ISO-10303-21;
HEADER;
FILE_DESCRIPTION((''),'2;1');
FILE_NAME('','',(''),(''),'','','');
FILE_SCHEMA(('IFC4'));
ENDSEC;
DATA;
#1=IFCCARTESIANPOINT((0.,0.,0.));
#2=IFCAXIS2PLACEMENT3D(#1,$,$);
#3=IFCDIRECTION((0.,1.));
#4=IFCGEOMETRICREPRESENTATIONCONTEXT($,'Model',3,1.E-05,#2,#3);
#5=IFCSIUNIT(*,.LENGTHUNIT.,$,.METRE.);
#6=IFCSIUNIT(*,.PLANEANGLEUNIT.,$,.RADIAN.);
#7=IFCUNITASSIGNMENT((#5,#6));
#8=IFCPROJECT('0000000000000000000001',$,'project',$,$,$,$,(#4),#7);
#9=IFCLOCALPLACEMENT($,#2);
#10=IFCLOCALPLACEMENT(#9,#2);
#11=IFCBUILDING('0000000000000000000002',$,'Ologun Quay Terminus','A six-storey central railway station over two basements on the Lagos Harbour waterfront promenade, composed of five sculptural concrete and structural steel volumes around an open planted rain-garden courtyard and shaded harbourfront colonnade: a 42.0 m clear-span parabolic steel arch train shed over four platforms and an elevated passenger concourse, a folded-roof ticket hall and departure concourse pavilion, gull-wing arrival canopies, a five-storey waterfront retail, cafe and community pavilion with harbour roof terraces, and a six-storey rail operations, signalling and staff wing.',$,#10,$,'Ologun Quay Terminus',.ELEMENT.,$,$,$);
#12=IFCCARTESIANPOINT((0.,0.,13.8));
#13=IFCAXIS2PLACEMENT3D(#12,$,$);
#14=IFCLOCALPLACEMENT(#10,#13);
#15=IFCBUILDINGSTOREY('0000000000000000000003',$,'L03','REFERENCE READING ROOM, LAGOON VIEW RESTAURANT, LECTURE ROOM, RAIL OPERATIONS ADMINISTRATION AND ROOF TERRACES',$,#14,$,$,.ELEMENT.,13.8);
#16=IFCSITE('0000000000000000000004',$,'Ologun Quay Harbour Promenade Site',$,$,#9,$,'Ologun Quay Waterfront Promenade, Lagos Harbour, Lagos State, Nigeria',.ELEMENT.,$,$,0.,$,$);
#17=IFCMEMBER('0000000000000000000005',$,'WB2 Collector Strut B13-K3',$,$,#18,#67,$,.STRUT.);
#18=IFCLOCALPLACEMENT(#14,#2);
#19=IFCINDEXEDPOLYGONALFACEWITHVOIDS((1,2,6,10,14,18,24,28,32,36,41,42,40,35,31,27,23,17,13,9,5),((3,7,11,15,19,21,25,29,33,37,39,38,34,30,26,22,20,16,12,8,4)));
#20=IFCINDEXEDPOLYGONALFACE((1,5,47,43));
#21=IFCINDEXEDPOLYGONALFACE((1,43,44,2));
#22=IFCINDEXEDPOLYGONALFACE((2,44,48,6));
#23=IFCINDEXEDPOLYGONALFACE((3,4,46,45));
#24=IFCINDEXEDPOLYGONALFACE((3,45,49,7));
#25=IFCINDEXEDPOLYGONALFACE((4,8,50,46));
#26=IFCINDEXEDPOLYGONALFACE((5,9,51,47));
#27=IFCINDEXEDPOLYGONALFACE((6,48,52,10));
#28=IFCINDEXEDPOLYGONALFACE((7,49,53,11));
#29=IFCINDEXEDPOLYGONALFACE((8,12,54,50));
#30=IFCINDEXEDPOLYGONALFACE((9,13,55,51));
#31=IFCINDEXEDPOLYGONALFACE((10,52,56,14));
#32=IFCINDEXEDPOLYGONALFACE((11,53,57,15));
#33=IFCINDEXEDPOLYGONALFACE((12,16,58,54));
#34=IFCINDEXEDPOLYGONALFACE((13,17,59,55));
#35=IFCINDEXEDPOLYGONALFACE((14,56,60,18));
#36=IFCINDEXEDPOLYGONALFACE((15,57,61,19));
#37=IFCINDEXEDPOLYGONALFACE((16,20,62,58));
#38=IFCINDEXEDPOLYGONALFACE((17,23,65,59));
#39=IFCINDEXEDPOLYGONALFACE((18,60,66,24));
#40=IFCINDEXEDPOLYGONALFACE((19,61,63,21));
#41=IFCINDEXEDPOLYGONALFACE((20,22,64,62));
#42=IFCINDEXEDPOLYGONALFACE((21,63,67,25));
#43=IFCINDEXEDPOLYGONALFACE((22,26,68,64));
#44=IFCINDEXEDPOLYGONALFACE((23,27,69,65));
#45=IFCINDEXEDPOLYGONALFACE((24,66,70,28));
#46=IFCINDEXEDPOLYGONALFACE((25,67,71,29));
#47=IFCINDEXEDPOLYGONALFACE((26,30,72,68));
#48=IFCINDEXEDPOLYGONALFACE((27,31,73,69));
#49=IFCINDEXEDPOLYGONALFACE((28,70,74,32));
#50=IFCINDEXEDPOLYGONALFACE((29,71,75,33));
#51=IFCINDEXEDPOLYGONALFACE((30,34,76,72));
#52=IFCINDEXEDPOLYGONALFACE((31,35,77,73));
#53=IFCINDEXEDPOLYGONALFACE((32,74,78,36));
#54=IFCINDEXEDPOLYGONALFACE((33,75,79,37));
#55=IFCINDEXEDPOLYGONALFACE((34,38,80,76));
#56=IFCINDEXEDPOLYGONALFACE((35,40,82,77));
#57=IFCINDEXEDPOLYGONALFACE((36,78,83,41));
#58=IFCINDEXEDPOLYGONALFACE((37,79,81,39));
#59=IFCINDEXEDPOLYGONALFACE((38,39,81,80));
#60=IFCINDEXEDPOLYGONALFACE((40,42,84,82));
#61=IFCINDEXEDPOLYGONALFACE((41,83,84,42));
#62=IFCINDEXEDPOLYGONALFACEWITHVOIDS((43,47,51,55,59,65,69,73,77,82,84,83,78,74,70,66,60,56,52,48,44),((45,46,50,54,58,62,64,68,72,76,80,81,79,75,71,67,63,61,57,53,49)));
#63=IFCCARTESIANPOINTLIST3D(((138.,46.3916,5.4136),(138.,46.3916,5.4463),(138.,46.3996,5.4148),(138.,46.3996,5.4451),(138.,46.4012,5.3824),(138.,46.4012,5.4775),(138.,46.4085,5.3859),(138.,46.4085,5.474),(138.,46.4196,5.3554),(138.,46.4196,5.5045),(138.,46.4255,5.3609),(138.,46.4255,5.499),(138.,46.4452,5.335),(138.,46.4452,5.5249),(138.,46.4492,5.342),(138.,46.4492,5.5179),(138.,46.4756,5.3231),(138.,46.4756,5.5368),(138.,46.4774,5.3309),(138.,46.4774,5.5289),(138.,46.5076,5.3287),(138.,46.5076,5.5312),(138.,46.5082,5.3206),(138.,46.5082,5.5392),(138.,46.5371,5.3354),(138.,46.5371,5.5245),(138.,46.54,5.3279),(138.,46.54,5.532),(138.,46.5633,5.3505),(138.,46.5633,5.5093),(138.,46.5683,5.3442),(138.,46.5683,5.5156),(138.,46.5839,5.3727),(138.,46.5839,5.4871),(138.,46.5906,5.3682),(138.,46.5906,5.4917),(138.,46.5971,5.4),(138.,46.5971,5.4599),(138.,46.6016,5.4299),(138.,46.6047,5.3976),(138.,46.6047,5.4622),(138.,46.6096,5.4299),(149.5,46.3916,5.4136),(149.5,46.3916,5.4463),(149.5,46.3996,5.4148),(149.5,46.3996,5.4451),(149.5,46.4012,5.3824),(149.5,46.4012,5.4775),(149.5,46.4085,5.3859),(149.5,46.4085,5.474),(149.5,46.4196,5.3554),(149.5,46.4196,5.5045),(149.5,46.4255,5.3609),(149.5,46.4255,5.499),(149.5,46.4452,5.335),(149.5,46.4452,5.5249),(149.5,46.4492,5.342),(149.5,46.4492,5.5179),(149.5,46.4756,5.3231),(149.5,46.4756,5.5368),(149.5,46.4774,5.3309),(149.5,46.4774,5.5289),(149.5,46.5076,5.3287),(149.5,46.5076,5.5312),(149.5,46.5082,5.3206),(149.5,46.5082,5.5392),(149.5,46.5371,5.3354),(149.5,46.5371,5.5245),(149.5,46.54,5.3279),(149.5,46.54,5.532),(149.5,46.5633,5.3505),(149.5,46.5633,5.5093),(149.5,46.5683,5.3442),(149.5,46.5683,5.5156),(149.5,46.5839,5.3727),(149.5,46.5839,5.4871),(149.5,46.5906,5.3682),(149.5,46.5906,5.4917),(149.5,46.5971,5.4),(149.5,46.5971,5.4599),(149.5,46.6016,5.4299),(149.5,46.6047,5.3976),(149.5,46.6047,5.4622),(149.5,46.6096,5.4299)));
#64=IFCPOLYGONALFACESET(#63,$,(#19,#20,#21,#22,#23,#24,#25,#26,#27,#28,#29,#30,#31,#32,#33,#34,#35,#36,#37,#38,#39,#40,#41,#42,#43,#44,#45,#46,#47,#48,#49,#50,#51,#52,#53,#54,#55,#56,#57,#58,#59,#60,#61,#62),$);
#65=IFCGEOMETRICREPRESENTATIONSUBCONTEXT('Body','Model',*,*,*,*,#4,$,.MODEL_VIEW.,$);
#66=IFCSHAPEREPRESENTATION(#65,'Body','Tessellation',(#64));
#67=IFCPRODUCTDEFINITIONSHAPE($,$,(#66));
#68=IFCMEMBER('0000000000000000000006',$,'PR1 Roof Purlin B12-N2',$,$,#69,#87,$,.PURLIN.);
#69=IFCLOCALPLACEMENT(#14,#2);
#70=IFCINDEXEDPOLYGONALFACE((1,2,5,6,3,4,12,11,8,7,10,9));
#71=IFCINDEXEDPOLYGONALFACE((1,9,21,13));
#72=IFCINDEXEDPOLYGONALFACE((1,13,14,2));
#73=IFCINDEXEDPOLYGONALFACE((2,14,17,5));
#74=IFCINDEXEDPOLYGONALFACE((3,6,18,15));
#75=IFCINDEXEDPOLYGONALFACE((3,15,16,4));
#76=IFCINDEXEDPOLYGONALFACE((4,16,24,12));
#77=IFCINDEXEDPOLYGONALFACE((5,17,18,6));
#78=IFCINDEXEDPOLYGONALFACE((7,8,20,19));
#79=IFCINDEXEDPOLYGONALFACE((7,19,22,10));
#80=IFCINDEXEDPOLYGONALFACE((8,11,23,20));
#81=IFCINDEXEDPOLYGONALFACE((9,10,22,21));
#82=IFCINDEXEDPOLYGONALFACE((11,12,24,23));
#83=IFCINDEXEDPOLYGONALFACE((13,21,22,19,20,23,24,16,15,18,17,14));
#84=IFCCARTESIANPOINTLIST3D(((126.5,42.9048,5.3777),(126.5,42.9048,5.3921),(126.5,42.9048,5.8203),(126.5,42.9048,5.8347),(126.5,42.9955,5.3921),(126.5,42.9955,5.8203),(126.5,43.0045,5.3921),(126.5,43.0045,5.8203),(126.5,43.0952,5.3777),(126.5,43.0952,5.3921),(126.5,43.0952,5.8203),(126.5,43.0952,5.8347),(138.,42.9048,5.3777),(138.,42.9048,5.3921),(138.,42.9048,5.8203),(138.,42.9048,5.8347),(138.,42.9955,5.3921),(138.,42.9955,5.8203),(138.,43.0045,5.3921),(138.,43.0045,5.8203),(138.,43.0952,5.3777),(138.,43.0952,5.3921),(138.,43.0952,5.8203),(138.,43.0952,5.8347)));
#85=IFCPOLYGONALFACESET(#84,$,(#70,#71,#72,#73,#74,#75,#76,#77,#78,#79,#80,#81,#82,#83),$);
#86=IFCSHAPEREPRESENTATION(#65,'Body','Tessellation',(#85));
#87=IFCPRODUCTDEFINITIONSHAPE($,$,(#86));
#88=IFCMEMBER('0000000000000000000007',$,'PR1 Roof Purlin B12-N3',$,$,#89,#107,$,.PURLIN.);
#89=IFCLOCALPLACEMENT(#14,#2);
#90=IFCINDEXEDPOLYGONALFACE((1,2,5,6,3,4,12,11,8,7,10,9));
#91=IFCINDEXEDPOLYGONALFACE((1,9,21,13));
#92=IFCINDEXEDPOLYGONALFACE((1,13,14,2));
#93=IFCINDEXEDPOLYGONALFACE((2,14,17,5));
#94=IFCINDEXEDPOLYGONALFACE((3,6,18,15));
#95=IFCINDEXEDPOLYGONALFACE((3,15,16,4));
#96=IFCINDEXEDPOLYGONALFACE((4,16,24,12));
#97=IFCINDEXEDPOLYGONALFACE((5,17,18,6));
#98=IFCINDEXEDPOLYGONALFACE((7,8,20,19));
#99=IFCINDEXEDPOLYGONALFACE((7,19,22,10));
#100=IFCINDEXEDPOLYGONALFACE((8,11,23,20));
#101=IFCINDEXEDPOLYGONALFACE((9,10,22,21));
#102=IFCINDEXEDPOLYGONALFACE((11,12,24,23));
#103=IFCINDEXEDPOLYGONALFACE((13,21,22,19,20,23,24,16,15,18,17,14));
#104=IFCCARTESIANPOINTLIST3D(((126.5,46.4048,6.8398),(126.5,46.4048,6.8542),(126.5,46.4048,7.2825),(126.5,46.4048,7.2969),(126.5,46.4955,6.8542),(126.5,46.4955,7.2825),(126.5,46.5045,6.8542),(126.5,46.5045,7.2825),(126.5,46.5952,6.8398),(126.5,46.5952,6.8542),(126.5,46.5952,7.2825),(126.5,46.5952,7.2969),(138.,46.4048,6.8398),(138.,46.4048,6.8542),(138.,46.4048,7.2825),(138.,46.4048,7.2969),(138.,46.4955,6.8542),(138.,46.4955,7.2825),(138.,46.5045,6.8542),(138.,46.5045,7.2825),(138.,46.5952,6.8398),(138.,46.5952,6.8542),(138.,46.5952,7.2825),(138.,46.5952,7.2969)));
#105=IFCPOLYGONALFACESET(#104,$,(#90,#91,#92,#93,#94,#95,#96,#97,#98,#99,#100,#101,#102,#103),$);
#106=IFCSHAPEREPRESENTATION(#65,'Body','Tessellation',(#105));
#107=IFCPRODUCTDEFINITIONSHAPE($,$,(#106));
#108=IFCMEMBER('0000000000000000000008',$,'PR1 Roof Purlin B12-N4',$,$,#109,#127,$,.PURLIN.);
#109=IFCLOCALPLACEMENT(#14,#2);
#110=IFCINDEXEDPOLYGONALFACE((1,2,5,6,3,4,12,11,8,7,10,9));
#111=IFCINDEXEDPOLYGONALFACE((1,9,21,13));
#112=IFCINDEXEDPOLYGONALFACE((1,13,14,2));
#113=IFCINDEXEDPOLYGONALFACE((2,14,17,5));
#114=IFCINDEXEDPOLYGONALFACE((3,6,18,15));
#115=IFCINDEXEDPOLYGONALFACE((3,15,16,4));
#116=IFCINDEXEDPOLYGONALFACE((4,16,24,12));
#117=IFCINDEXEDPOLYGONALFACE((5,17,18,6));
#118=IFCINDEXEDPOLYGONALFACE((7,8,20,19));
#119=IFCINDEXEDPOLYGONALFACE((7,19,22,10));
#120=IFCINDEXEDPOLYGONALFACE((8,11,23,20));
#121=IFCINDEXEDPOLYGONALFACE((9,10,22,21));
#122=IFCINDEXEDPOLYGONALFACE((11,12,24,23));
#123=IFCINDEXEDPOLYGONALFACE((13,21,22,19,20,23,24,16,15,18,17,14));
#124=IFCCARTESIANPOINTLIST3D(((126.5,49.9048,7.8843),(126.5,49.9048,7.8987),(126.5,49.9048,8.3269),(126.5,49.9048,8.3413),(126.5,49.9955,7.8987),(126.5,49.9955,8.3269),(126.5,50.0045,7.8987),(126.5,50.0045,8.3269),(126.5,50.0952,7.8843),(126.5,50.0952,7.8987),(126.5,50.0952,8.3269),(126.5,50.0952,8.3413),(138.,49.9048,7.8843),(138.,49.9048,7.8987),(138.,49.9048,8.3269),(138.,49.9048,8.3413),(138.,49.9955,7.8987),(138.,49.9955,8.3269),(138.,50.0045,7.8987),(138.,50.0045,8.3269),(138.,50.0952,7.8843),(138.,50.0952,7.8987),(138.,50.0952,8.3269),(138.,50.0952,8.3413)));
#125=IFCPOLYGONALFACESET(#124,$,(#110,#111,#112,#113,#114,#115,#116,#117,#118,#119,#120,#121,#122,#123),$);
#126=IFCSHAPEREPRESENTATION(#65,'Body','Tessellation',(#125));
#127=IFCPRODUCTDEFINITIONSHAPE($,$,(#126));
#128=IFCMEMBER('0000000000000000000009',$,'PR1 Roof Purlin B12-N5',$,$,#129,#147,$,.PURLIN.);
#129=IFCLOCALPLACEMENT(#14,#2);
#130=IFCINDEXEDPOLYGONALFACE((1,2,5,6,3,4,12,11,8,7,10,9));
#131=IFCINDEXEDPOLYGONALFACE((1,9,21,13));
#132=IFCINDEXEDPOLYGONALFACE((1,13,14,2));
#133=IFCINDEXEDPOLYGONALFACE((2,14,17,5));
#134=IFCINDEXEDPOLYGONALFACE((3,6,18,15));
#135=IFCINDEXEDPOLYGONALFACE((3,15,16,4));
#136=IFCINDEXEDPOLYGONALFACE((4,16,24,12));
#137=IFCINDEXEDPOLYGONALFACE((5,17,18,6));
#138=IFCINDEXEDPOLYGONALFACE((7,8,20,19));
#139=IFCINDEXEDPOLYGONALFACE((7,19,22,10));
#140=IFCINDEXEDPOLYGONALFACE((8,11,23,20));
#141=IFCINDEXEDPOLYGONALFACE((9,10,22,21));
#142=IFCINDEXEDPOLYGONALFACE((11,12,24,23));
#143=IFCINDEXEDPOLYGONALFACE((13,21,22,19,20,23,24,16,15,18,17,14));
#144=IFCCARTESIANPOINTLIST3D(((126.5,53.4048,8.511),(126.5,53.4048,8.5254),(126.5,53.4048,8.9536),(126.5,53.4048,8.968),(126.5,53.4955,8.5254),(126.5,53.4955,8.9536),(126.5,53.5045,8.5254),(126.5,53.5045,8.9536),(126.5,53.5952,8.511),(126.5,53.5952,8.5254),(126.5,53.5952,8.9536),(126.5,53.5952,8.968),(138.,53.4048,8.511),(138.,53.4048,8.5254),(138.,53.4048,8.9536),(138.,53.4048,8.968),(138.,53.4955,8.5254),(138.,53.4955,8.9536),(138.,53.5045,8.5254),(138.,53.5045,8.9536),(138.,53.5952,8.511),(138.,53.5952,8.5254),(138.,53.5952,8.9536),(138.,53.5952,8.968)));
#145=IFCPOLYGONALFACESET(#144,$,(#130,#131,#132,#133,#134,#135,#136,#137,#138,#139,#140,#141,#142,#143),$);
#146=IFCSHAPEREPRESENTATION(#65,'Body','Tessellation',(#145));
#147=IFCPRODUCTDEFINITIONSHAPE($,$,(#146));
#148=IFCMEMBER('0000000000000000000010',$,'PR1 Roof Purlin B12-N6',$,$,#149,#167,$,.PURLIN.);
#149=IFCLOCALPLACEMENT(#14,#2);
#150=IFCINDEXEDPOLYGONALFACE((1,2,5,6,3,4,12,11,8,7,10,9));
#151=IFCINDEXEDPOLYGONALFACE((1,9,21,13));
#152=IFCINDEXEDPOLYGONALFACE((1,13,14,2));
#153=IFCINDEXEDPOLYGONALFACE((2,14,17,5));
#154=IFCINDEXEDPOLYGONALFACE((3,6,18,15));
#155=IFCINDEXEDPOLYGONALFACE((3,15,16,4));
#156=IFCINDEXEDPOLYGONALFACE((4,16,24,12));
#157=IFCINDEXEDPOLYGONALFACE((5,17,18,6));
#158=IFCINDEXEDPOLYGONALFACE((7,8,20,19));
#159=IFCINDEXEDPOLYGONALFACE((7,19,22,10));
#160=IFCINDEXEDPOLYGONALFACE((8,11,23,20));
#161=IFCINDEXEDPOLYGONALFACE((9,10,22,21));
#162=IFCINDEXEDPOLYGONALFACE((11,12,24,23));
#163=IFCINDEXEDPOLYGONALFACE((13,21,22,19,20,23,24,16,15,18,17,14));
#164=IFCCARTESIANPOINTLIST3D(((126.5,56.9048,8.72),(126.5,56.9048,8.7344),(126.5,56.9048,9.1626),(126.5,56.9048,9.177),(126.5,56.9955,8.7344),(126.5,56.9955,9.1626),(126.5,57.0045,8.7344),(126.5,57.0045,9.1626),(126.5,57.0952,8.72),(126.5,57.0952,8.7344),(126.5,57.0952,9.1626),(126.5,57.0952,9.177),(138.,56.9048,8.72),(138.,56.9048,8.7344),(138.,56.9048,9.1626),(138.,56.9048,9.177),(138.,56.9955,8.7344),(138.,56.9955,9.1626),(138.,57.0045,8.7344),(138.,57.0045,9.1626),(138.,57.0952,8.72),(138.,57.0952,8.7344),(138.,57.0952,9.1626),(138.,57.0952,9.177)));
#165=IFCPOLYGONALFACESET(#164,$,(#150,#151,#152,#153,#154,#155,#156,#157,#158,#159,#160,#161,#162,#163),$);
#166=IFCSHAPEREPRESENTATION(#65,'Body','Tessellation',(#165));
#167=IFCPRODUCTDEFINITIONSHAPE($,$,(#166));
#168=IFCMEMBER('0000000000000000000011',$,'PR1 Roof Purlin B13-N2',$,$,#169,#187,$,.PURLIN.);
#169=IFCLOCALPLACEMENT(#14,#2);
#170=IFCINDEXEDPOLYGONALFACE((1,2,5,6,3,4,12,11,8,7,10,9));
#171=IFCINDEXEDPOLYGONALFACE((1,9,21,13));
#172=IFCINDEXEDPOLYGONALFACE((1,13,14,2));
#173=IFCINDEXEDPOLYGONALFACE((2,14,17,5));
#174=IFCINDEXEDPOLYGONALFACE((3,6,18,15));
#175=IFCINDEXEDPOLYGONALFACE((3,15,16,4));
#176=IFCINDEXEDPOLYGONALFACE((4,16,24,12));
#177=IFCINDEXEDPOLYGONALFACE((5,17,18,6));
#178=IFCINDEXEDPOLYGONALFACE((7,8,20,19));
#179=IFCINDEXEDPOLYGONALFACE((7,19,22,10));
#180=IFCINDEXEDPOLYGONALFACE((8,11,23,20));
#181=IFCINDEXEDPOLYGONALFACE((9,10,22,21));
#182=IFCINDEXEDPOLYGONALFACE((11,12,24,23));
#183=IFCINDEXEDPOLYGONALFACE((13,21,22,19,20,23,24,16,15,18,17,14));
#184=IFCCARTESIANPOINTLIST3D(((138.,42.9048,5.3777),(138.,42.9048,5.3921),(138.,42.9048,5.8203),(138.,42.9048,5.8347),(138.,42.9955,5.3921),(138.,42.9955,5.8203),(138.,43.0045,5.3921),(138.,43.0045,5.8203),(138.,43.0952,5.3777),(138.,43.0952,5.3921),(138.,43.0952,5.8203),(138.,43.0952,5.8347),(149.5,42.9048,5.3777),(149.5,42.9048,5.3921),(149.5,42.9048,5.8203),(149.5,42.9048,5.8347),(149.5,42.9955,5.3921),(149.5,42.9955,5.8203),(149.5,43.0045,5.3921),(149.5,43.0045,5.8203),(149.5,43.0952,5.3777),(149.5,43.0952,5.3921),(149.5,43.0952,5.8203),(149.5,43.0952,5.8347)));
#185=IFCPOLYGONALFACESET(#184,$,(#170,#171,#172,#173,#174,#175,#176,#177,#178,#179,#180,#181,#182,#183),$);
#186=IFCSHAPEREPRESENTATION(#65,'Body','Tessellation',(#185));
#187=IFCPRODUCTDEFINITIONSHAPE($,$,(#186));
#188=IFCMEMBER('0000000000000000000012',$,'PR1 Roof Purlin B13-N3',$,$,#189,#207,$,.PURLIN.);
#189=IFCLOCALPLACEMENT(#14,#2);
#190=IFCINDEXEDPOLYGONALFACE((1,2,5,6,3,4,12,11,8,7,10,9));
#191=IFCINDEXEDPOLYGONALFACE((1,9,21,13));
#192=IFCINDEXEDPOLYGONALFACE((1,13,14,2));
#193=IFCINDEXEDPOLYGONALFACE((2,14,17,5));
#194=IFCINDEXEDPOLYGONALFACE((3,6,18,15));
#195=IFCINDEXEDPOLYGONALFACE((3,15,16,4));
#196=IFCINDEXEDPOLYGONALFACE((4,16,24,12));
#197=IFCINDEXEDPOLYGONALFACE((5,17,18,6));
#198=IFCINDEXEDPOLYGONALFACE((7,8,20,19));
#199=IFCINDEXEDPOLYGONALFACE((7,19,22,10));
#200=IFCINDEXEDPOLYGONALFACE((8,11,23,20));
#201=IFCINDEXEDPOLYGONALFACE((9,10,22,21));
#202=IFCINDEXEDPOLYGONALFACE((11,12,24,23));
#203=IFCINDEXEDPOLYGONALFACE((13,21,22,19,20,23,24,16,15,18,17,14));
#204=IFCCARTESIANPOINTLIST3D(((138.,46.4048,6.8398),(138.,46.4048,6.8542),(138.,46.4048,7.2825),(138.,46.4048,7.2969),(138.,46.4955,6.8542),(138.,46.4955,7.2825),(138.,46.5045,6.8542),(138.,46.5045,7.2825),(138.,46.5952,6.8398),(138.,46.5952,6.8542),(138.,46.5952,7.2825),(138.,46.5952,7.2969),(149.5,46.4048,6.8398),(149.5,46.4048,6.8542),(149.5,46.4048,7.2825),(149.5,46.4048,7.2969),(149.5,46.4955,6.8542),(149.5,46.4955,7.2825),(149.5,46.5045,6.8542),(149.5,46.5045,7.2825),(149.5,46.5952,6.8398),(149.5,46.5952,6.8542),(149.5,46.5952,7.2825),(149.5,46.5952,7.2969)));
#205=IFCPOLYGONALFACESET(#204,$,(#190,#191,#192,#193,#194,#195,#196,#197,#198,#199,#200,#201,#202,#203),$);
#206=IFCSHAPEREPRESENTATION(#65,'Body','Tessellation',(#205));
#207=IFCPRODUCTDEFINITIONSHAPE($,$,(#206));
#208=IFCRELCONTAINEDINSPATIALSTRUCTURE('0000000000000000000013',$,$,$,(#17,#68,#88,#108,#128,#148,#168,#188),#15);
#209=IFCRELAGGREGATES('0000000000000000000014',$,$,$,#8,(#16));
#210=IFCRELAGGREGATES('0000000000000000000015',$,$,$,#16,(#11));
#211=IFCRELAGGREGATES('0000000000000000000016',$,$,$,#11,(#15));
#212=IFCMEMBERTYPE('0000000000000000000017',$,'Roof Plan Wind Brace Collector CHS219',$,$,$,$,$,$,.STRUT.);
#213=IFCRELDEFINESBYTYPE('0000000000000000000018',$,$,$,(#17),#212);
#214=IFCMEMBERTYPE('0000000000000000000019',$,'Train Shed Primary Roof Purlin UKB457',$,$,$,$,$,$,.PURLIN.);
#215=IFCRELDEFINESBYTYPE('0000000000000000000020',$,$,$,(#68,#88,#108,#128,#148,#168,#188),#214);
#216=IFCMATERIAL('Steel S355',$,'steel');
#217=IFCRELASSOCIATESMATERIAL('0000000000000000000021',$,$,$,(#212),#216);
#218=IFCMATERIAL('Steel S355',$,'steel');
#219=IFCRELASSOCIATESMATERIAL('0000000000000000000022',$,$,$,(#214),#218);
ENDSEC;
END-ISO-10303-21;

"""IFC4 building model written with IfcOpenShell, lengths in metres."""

from ifc_helpers import new_model, si_unit, direction, frame, origin, origin_2d, place, context, subcontext, project, spatial, hollow_circle, i_section, extrude, material, material_profile, profile_set, type_object, element, save


model = new_model("IFC4")

# Units and contexts
model_context = context("Model", 3, precision=1e-05, world=origin(), true_north=direction((0.0, 1.0)))
body_context = subcontext(model_context, "Body", "Model", "MODEL_VIEW")
ifc_project = project(units=[si_unit("LENGTHUNIT", "METRE"), si_unit("PLANEANGLEUNIT", "RADIAN")], contexts=[model_context])

# Site, building, storey
site_placement = place(None, origin())
site = spatial("IfcSite", under=ifc_project, at=site_placement, Name="Ologun Quay Harbour Promenade Site", LongName="Ologun Quay Waterfront Promenade, Lagos Harbour, Lagos State, Nigeria", CompositionType="ELEMENT", RefElevation=0.0)
building_placement = place(site_placement, origin())
building = spatial("IfcBuilding", under=site, at=building_placement, Name="Ologun Quay Terminus", Description="A six-storey central railway station over two basements on the Lagos Harbour waterfront promenade, composed of five sculptural concrete and structural steel volumes around an open planted rain-garden courtyard and shaded harbourfront colonnade: a 42.0 m clear-span parabolic steel arch train shed over four platforms and an elevated passenger concourse, a folded-roof ticket hall and departure concourse pavilion, gull-wing arrival canopies, a five-storey waterfront retail, cafe and community pavilion with harbour roof terraces, and a six-storey rail operations, signalling and staff wing.", LongName="Ologun Quay Terminus", CompositionType="ELEMENT")
storey_placement = place(building_placement, frame((0.0, 0.0, 13.8)))
storey = spatial("IfcBuildingStorey", under=building, at=storey_placement, Name="L03", Description="REFERENCE READING ROOM, LAGOON VIEW RESTAURANT, LECTURE ROOM, RAIL OPERATIONS ADMINISTRATION AND ROOF TERRACES", CompositionType="ELEMENT", Elevation=13.8)

# Members
ifc_material_1 = material(Name="Steel S355", Category="steel")
ifc_material_profile_1 = material_profile(ifc_material_1, hollow_circle(Radius=0.1096, WallThickness=0.0081, at=origin_2d()), Name="CHS 219.1x8")
ifc_profile_set_1 = profile_set([ifc_material_profile_1], Name="Steel S355")
member_type_1 = type_object("IfcMemberType", Name="Roof Plan Wind Brace Collector CHS219", PredefinedType="STRUT", material=ifc_profile_set_1)
for number, where, z_axis, x_axis, name in (
    (1, (138.0, 46.5, 5.4299), (1.0, 0.0, 0.0), (0.0, 1.0, 0.0), "WB2 Collector Strut B13-K3"),
):
    element("IfcMember", number, at=place(storey_placement, frame(where, z_axis=z_axis, x_axis=x_axis)), inside=storey, type_object=member_type_1, Name=name, PredefinedType="STRUT", context=body_context, shape_type="SweptSolid", body=[
        extrude(hollow_circle(Radius=0.1096, WallThickness=0.0081, at=origin_2d()), origin(), (0.0, 0.0, 1.0), 11.5),
    ])
ifc_material_2 = material(Name="Steel S355", Category="steel")
ifc_material_profile_2 = material_profile(ifc_material_2, i_section(OverallWidth=0.1904, OverallDepth=0.457, WebThickness=0.009, FlangeThickness=0.0144, at=origin_2d()), Name="UKB 457x191x74")
ifc_profile_set_2 = profile_set([ifc_material_profile_2], Name="Steel S355")
member_type_2 = type_object("IfcMemberType", Name="Train Shed Primary Roof Purlin UKB457", PredefinedType="PURLIN", material=ifc_profile_set_2)
for number, where, z_axis, x_axis, name in (
    (2, (126.5, 43.0, 5.6062), (1.0, 0.0, 0.0), (0.0, 1.0, 0.0), "PR1 Roof Purlin B12-N2"),
    (3, (126.5, 46.5, 7.0684), (1.0, 0.0, 0.0), (0.0, 1.0, 0.0), "PR1 Roof Purlin B12-N3"),
    (4, (126.5, 50.0, 8.1128), (1.0, 0.0, 0.0), (0.0, 1.0, 0.0), "PR1 Roof Purlin B12-N4"),
    (5, (126.5, 53.5, 8.7395), (1.0, 0.0, 0.0), (0.0, 1.0, 0.0), "PR1 Roof Purlin B12-N5"),
    (6, (126.5, 57.0, 8.9485), (1.0, 0.0, 0.0), (0.0, 1.0, 0.0), "PR1 Roof Purlin B12-N6"),
    (7, (138.0, 43.0, 5.6062), (1.0, 0.0, 0.0), (0.0, 1.0, 0.0), "PR1 Roof Purlin B13-N2"),
    (8, (138.0, 46.5, 7.0684), (1.0, 0.0, 0.0), (0.0, 1.0, 0.0), "PR1 Roof Purlin B13-N3"),
):
    element("IfcMember", number, at=place(storey_placement, frame(where, z_axis=z_axis, x_axis=x_axis)), inside=storey, type_object=member_type_2, Name=name, PredefinedType="PURLIN", context=body_context, shape_type="SweptSolid", body=[
        extrude(i_section(OverallWidth=0.1904, OverallDepth=0.457, WebThickness=0.009, FlangeThickness=0.0144, at=origin_2d()), origin(), (0.0, 0.0, 1.0), 11.5),
    ])

save(model, "model.ifc")
